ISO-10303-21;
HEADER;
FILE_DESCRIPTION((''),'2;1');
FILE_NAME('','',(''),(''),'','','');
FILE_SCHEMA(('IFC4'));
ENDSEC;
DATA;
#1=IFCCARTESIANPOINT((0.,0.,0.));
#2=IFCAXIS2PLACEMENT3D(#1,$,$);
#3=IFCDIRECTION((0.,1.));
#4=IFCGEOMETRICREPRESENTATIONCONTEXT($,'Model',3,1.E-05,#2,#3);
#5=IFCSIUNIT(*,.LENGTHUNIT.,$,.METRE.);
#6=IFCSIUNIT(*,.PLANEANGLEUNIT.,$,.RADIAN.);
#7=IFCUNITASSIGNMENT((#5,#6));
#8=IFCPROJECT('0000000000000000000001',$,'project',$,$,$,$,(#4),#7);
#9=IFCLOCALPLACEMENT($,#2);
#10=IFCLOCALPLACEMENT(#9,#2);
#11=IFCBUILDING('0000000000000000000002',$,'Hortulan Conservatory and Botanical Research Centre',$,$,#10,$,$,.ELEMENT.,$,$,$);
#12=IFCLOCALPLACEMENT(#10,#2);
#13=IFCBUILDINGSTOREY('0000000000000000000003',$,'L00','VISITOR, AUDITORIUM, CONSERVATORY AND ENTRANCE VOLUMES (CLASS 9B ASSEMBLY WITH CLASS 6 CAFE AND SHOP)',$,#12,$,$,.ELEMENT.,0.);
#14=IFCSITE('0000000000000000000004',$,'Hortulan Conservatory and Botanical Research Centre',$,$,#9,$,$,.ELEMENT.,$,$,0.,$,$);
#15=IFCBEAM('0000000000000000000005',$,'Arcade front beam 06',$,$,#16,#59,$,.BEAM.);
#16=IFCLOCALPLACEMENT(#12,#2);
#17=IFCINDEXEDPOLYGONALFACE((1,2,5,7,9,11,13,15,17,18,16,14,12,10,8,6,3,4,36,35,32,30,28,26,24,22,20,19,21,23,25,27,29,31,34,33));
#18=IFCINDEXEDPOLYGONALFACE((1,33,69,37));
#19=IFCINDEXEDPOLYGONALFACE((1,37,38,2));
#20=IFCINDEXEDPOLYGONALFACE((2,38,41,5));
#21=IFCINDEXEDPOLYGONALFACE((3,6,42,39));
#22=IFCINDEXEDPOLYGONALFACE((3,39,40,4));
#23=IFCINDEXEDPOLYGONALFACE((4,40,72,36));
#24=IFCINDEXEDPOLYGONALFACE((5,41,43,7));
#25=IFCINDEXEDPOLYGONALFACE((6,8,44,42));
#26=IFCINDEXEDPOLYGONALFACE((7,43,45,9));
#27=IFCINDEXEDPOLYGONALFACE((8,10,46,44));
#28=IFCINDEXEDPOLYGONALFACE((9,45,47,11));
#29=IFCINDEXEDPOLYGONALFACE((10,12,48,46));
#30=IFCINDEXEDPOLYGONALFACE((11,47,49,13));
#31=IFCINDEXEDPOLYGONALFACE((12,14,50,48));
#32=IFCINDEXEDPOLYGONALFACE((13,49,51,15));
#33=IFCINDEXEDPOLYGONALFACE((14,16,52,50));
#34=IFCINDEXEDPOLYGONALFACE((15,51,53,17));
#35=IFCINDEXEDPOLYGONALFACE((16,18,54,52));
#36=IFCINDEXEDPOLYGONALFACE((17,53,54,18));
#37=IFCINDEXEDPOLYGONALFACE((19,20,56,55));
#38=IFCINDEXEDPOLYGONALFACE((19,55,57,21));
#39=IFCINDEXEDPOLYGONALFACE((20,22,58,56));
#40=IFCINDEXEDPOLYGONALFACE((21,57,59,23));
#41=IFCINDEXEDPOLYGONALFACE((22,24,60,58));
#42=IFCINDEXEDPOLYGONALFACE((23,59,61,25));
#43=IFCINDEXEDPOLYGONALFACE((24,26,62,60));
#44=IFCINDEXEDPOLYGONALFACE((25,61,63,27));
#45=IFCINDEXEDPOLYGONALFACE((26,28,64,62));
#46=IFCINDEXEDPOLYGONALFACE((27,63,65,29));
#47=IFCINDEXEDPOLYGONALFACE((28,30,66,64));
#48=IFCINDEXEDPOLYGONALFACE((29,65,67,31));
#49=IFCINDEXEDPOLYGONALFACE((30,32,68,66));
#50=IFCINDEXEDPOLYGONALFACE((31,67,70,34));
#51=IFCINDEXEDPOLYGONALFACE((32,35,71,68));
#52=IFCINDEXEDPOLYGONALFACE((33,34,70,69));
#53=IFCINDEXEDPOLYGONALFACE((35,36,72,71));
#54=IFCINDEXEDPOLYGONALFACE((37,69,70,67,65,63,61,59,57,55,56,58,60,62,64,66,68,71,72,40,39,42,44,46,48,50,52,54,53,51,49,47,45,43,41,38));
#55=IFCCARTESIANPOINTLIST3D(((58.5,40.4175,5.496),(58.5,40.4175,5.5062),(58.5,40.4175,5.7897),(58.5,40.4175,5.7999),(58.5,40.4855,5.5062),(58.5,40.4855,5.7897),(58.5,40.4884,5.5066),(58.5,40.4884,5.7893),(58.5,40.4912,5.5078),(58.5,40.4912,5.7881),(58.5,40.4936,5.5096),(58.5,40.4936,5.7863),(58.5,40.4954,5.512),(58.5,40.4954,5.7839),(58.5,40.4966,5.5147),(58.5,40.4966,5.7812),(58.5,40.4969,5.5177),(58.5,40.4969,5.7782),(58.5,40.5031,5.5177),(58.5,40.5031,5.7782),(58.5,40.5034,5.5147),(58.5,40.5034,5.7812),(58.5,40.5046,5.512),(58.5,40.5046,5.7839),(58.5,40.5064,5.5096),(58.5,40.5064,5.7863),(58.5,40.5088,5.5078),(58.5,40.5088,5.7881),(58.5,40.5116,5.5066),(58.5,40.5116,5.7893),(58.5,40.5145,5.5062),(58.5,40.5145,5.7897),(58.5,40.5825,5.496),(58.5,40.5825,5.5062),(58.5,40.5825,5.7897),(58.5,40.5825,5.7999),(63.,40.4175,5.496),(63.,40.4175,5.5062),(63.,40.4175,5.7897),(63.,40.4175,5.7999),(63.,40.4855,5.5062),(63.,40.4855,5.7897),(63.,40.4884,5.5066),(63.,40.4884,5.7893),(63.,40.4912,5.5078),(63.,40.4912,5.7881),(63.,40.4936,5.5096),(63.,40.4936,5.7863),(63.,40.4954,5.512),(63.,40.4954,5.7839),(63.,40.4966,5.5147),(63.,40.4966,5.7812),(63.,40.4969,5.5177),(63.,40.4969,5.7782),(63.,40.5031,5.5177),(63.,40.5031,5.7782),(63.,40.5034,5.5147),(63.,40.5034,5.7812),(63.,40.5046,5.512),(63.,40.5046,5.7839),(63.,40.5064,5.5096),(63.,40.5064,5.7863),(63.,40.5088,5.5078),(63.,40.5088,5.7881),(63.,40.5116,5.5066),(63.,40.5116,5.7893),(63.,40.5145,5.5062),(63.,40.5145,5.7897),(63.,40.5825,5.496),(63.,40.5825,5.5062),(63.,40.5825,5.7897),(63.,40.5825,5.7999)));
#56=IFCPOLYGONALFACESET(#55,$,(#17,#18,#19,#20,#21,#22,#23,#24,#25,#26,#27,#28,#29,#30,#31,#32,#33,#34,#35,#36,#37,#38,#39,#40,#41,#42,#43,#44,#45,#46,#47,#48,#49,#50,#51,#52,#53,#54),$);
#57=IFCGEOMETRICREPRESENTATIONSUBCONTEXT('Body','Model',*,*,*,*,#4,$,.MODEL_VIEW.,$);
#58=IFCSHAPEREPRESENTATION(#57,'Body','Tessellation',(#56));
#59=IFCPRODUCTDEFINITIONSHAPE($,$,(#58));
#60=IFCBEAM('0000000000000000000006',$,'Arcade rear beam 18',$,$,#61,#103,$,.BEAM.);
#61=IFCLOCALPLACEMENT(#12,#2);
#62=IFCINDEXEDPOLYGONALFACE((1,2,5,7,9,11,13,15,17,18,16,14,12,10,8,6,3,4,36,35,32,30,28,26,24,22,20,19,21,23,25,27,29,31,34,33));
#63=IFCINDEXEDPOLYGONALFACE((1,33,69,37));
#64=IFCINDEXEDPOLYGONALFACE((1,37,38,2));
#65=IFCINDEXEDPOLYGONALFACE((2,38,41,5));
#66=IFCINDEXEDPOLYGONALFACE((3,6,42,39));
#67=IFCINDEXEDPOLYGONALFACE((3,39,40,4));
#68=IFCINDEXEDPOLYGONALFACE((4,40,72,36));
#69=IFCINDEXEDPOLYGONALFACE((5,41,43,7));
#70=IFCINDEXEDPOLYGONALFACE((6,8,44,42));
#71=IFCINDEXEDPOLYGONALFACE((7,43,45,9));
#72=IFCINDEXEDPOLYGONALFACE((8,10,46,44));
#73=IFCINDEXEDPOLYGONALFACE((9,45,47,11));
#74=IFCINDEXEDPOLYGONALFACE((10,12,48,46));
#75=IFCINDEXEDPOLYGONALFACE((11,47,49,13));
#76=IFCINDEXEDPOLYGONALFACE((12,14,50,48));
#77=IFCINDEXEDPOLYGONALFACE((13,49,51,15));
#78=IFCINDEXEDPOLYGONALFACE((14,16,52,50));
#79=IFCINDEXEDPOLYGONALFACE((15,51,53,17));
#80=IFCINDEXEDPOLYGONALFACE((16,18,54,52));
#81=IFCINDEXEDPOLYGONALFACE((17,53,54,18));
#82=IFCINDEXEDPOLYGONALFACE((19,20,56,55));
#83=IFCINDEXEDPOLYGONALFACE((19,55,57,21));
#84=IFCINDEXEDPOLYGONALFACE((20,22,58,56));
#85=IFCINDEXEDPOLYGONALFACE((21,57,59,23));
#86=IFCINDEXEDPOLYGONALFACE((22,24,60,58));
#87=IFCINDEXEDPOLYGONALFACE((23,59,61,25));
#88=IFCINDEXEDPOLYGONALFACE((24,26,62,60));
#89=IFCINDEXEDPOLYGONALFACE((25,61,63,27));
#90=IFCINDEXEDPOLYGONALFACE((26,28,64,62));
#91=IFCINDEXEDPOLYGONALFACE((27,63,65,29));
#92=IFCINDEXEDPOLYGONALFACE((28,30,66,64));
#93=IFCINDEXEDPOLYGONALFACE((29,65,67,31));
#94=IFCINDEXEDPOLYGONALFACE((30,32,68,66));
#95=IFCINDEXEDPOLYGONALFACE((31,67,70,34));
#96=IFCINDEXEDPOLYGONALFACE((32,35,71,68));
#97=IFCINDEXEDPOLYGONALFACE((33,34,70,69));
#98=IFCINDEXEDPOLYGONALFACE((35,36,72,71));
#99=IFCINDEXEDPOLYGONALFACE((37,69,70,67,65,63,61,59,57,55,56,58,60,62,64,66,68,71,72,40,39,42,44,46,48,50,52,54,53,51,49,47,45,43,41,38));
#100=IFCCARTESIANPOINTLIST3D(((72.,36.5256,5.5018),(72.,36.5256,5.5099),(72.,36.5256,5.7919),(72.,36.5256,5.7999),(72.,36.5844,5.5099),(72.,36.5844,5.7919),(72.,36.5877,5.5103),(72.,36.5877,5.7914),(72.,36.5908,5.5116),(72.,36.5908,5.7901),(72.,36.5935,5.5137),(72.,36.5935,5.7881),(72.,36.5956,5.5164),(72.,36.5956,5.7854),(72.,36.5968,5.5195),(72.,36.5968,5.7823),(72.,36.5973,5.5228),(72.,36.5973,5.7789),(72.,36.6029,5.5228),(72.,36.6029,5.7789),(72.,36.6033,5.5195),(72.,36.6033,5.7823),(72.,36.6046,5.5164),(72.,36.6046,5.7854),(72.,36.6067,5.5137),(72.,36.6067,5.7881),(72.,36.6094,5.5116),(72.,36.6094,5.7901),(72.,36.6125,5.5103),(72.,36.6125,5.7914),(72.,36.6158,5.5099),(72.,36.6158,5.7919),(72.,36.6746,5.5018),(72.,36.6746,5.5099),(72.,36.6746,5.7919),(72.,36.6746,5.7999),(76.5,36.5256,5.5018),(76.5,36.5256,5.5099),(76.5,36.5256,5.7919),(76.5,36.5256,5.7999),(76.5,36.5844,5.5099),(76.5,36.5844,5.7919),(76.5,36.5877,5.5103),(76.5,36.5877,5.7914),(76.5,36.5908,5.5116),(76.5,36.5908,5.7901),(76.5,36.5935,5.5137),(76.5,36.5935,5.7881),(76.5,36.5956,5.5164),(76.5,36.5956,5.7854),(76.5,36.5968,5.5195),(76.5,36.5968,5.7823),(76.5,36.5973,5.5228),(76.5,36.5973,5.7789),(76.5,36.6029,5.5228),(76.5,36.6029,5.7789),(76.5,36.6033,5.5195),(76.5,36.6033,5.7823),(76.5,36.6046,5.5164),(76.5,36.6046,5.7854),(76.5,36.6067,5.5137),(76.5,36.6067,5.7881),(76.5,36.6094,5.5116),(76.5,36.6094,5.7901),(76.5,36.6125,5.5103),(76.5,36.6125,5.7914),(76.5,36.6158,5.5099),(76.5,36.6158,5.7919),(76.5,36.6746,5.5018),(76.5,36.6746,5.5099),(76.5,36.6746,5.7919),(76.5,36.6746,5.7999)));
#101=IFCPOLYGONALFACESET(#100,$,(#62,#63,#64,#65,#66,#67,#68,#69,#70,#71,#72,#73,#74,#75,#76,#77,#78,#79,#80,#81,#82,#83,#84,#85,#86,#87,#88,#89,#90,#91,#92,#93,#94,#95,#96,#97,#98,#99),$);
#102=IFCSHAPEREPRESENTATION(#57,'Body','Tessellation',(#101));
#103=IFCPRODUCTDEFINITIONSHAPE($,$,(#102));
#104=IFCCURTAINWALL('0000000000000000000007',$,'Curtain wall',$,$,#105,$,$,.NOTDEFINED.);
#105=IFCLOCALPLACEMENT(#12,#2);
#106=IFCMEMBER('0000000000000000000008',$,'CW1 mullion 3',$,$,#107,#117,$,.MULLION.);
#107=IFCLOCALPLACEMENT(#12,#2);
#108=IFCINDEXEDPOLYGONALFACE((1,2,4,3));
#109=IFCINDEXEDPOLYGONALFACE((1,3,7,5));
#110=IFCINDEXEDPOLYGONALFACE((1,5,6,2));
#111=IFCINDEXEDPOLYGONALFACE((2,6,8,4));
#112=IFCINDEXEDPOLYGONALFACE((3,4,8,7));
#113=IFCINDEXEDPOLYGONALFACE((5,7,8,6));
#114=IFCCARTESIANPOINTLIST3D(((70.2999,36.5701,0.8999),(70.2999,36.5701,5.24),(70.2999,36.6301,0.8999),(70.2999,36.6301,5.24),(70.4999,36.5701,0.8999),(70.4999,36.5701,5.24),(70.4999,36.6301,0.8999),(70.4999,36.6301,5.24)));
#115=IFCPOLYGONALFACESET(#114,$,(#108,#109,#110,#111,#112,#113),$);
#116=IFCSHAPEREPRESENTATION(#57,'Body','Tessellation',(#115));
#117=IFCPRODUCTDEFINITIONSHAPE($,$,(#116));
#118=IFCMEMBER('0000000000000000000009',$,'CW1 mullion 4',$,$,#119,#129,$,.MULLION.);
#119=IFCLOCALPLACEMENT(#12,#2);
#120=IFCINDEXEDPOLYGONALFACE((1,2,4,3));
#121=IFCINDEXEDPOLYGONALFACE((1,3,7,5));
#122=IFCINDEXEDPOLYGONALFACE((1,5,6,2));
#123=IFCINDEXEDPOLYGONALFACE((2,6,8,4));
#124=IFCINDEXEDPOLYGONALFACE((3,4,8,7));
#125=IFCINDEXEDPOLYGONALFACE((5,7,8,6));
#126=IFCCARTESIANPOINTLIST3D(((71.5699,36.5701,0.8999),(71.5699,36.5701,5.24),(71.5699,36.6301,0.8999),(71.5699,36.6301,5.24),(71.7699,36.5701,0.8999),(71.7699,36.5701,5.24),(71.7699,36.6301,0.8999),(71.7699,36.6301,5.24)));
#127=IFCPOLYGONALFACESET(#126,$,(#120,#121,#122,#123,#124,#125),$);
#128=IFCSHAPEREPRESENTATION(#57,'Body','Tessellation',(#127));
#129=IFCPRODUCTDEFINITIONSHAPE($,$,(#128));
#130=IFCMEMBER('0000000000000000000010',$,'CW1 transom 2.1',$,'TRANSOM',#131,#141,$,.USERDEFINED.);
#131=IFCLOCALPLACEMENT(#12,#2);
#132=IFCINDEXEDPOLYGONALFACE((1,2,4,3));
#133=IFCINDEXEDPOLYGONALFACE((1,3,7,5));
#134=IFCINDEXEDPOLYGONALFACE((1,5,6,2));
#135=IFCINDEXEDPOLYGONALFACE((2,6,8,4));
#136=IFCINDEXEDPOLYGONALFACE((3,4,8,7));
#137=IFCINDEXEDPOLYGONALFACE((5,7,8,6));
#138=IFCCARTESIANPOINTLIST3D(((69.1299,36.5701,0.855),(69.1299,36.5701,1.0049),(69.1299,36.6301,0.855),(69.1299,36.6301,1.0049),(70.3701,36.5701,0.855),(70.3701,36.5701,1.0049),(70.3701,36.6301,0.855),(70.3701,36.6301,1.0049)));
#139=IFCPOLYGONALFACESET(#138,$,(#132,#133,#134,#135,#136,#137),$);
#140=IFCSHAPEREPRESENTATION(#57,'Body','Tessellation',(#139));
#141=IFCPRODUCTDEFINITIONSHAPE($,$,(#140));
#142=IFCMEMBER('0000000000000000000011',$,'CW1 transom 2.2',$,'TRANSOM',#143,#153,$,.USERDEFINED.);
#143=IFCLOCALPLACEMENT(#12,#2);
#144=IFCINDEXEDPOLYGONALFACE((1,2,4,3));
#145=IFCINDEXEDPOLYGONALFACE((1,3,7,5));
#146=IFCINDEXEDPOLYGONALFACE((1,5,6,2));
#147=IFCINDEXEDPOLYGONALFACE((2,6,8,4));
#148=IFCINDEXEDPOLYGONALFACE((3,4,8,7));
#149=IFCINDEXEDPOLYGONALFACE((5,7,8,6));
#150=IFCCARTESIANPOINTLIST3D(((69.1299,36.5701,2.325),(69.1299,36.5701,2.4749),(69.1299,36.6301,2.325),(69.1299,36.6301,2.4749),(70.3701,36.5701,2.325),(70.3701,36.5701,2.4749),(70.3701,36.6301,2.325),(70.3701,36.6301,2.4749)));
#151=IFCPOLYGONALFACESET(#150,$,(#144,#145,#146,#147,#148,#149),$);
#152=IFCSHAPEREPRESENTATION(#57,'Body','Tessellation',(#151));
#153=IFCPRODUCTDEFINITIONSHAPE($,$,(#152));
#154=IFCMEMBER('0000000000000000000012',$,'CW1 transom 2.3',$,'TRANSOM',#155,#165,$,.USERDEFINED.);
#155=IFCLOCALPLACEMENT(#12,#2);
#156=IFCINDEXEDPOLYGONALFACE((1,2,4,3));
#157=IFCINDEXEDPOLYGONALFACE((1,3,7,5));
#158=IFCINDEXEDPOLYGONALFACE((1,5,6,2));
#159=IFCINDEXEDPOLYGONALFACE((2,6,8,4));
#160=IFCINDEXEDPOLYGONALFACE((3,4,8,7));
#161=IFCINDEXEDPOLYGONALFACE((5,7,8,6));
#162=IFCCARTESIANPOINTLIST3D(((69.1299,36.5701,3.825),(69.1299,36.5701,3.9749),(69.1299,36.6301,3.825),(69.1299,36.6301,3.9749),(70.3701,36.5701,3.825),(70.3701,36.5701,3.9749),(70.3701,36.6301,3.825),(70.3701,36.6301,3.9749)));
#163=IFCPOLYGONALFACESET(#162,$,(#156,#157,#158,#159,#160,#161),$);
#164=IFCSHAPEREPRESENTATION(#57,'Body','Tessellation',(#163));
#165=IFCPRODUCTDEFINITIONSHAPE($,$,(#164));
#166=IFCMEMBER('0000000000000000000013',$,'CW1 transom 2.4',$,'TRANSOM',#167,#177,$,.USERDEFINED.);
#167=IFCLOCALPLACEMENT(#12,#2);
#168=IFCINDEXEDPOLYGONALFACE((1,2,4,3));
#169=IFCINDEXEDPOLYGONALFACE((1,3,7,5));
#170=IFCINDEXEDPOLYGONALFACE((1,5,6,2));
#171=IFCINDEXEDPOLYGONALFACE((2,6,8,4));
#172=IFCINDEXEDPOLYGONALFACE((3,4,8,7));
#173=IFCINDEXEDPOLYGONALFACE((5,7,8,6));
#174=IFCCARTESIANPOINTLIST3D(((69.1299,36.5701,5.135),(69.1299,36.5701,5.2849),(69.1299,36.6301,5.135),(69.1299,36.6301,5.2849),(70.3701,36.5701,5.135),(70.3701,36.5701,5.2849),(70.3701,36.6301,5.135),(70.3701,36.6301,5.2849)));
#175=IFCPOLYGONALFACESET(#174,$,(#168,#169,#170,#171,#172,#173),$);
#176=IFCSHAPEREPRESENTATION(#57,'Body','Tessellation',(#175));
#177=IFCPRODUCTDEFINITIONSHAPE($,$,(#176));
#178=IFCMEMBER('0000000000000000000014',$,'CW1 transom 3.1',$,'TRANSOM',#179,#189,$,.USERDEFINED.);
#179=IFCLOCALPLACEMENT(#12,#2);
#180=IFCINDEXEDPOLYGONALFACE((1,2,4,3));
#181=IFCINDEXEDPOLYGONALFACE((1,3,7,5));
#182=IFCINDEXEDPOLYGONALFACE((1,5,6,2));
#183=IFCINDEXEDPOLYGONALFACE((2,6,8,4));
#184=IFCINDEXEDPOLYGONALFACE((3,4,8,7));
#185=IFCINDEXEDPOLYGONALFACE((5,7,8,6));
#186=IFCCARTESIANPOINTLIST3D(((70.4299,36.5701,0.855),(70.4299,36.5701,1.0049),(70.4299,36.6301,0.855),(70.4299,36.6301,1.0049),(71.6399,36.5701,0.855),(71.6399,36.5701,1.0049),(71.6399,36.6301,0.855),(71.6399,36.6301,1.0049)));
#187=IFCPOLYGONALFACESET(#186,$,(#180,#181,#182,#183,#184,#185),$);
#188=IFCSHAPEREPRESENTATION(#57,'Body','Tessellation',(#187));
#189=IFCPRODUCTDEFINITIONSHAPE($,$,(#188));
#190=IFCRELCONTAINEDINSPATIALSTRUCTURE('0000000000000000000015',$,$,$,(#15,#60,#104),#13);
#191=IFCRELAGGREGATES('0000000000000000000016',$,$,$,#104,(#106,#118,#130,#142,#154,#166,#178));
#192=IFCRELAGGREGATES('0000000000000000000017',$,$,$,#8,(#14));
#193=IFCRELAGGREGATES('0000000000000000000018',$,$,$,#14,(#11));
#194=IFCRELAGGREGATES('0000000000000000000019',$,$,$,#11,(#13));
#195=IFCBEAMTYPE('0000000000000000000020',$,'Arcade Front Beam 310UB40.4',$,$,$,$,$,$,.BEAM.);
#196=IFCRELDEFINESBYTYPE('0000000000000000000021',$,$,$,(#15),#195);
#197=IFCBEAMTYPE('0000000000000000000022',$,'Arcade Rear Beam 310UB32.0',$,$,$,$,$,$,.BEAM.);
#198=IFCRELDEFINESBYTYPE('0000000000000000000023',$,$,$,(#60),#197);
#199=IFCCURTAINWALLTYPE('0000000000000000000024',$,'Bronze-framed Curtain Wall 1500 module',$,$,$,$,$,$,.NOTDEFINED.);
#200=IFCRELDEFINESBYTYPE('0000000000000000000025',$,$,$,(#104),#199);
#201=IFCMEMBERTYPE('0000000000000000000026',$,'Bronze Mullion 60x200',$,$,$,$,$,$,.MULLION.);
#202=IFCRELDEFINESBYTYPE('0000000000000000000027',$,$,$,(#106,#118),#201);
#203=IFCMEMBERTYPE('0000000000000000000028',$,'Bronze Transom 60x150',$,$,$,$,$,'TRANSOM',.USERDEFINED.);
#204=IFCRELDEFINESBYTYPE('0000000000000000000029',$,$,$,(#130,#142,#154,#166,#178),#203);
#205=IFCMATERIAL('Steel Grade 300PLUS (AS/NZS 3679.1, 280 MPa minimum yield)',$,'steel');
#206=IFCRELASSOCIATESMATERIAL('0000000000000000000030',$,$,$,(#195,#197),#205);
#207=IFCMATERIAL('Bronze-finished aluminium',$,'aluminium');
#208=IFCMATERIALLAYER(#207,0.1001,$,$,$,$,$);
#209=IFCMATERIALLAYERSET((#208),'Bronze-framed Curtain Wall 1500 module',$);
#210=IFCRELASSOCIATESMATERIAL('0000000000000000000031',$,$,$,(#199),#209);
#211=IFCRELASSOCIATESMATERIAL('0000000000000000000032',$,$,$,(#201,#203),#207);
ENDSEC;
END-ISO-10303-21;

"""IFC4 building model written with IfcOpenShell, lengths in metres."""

from ifc_helpers import new_model, si_unit, direction, frame, origin, origin_2d, place, context, subcontext, project, spatial, rectangle, i_section, extrude, material, layer, layer_set, material_profile, profile_set, type_object, element, aggregate, save


model = new_model("IFC4")

# Units and contexts
model_context = context("Model", 3, precision=1e-05, world=origin(), true_north=direction((0.0, 1.0)))
body_context = subcontext(model_context, "Body", "Model", "MODEL_VIEW")
ifc_project = project(units=[si_unit("LENGTHUNIT", "METRE"), si_unit("PLANEANGLEUNIT", "RADIAN")], contexts=[model_context])

# Site, building, storey
site_placement = place(None, origin())
site = spatial("IfcSite", under=ifc_project, at=site_placement, Name="Hortulan Conservatory and Botanical Research Centre", CompositionType="ELEMENT", RefElevation=0.0)
building_placement = place(site_placement, origin())
building = spatial("IfcBuilding", under=site, at=building_placement, Name="Hortulan Conservatory and Botanical Research Centre", CompositionType="ELEMENT")
storey_placement = place(building_placement, origin())
storey = spatial("IfcBuildingStorey", under=building, at=storey_placement, Name="L00", Description="VISITOR, AUDITORIUM, CONSERVATORY AND ENTRANCE VOLUMES (CLASS 9B ASSEMBLY WITH CLASS 6 CAFE AND SHOP)", CompositionType="ELEMENT", Elevation=0.0)

# Beams
ifc_material_1 = material(Name="Steel Grade 300PLUS (AS/NZS 3679.1, 280 MPa minimum yield)", Category="steel")
ifc_material_profile_1 = material_profile(ifc_material_1, i_section(OverallWidth=0.165, OverallDepth=0.304, WebThickness=0.0061, FlangeThickness=0.0103, FilletRadius=0.0115, at=origin_2d()), Name="310UB40.4")
ifc_profile_set_1 = profile_set([ifc_material_profile_1], Name="Steel Grade 300PLUS (AS/NZS 3679.1, 280 MPa minimum yield)")
beam_type_1 = type_object("IfcBeamType", Name="Arcade Front Beam 310UB40.4", PredefinedType="BEAM", material=ifc_profile_set_1)
beam_1_placement = place(storey_placement, frame((58.5, 40.5, 5.6479), z_axis=(1.0, 0.0, 0.0), x_axis=(0.0, 1.0, 0.0)))
element("IfcBeam", 1, at=beam_1_placement, inside=storey, type_object=beam_type_1, Name="Arcade front beam 06", PredefinedType="BEAM", context=body_context, shape_type="SweptSolid", body=[
    extrude(i_section(OverallWidth=0.165, OverallDepth=0.304, WebThickness=0.0061, FlangeThickness=0.0103, FilletRadius=0.0115, at=origin_2d()), origin(), (0.0, 0.0, 1.0), 4.5),
])
ifc_material_profile_2 = material_profile(ifc_material_1, i_section(OverallWidth=0.1489, OverallDepth=0.2981, WebThickness=0.0056, FlangeThickness=0.0081, FilletRadius=0.0129, at=origin_2d()), Name="310UB32.0")
ifc_profile_set_2 = profile_set([ifc_material_profile_2], Name="Steel Grade 300PLUS (AS/NZS 3679.1, 280 MPa minimum yield)")
beam_type_2 = type_object("IfcBeamType", Name="Arcade Rear Beam 310UB32.0", PredefinedType="BEAM", material=ifc_profile_set_2)
beam_2_placement = place(storey_placement, frame((72.0, 36.6001, 5.6509), z_axis=(1.0, 0.0, 0.0), x_axis=(0.0, 1.0, 0.0)))
element("IfcBeam", 2, at=beam_2_placement, inside=storey, type_object=beam_type_2, Name="Arcade rear beam 18", PredefinedType="BEAM", context=body_context, shape_type="SweptSolid", body=[
    extrude(i_section(OverallWidth=0.1489, OverallDepth=0.2981, WebThickness=0.0056, FlangeThickness=0.0081, FilletRadius=0.0129, at=origin_2d()), origin(), (0.0, 0.0, 1.0), 4.5),
])

# Curtain wall, members
ifc_material_2 = material(Name="Bronze-finished aluminium", Category="aluminium")
ifc_layer_1 = layer(ifc_material_2, 0.1001)
ifc_layer_set_1 = layer_set([ifc_layer_1], Name="Bronze-framed Curtain Wall 1500 module")
curtain_wall_type = type_object("IfcCurtainWallType", Name="Bronze-framed Curtain Wall 1500 module", PredefinedType="NOTDEFINED", material=ifc_layer_set_1)
curtain_wall_placement = place(storey_placement, origin())
curtain_wall = element("IfcCurtainWall", 3, at=curtain_wall_placement, inside=storey, type_object=curtain_wall_type, Name="Curtain wall", PredefinedType="NOTDEFINED")
ifc_material_profile_3 = material_profile(ifc_material_2, rectangle(XDim=0.0601, YDim=0.2, at=origin_2d()), Name="Bronze Mullion 60x200")
ifc_profile_set_3 = profile_set([ifc_material_profile_3], Name="Bronze-finished aluminium")
member_type_1 = type_object("IfcMemberType", Name="Bronze Mullion 60x200", PredefinedType="MULLION", material=ifc_profile_set_3)
member_1_placement = place(storey_placement, frame((70.3999, 36.6001, 0.8999), z_axis=(0.0, 0.0, 1.0), x_axis=(0.0, 1.0, 0.0)))
member_1 = element("IfcMember", 4, at=member_1_placement, type_object=member_type_1, Name="CW1 mullion 3", PredefinedType="MULLION", context=body_context, shape_type="SweptSolid", body=[
    extrude(rectangle(XDim=0.0601, YDim=0.2, at=origin_2d()), origin(), (0.0, 0.0, 1.0), 4.3401),
])
member_2_placement = place(storey_placement, frame((71.6699, 36.6001, 0.8999), z_axis=(0.0, 0.0, 1.0), x_axis=(0.0, 1.0, 0.0)))
member_2 = element("IfcMember", 5, at=member_2_placement, type_object=member_type_1, Name="CW1 mullion 4", PredefinedType="MULLION", context=body_context, shape_type="SweptSolid", body=[
    extrude(rectangle(XDim=0.0601, YDim=0.2, at=origin_2d()), origin(), (0.0, 0.0, 1.0), 4.3401),
])
ifc_material_profile_4 = material_profile(ifc_material_2, rectangle(XDim=0.0601, YDim=0.1499, at=origin_2d()), Name="Bronze Transom 60x150")
ifc_profile_set_4 = profile_set([ifc_material_profile_4], Name="Bronze-finished aluminium")
member_type_2 = type_object("IfcMemberType", Name="Bronze Transom 60x150", ElementType="TRANSOM", PredefinedType="USERDEFINED", material=ifc_profile_set_4)
member_3_placement = place(storey_placement, frame((69.1299, 36.6001, 0.9299), z_axis=(1.0, 0.0, 0.0), x_axis=(0.0, 1.0, 0.0)))
member_3 = element("IfcMember", 6, at=member_3_placement, type_object=member_type_2, Name="CW1 transom 2.1", ObjectType="TRANSOM", PredefinedType="USERDEFINED", context=body_context, shape_type="SweptSolid", body=[
    extrude(rectangle(XDim=0.0601, YDim=0.1499, at=origin_2d()), origin(), (0.0, 0.0, 1.0), 1.2402),
])
member_4_placement = place(storey_placement, frame((69.1299, 36.6001, 2.3999), z_axis=(1.0, 0.0, 0.0), x_axis=(0.0, 1.0, 0.0)))
member_4 = element("IfcMember", 7, at=member_4_placement, type_object=member_type_2, Name="CW1 transom 2.2", ObjectType="TRANSOM", PredefinedType="USERDEFINED", context=body_context, shape_type="SweptSolid", body=[
    extrude(rectangle(XDim=0.0601, YDim=0.1499, at=origin_2d()), origin(), (0.0, 0.0, 1.0), 1.2402),
])
member_5_placement = place(storey_placement, frame((69.1299, 36.6001, 3.8999), z_axis=(1.0, 0.0, 0.0), x_axis=(0.0, 1.0, 0.0)))
member_5 = element("IfcMember", 8, at=member_5_placement, type_object=member_type_2, Name="CW1 transom 2.3", ObjectType="TRANSOM", PredefinedType="USERDEFINED", context=body_context, shape_type="SweptSolid", body=[
    extrude(rectangle(XDim=0.0601, YDim=0.1499, at=origin_2d()), origin(), (0.0, 0.0, 1.0), 1.2402),
])
member_6_placement = place(storey_placement, frame((69.1299, 36.6001, 5.21), z_axis=(1.0, 0.0, 0.0), x_axis=(0.0, 1.0, 0.0)))
member_6 = element("IfcMember", 9, at=member_6_placement, type_object=member_type_2, Name="CW1 transom 2.4", ObjectType="TRANSOM", PredefinedType="USERDEFINED", context=body_context, shape_type="SweptSolid", body=[
    extrude(rectangle(XDim=0.0601, YDim=0.1499, at=origin_2d()), origin(), (0.0, 0.0, 1.0), 1.2402),
])
member_7_placement = place(storey_placement, frame((70.4299, 36.6001, 0.9299), z_axis=(1.0, 0.0, 0.0), x_axis=(0.0, 1.0, 0.0)))
member_7 = element("IfcMember", 10, at=member_7_placement, type_object=member_type_2, Name="CW1 transom 3.1", ObjectType="TRANSOM", PredefinedType="USERDEFINED", context=body_context, shape_type="SweptSolid", body=[
    extrude(rectangle(XDim=0.0601, YDim=0.1499, at=origin_2d()), origin(), (0.0, 0.0, 1.0), 1.21),
])

aggregate(curtain_wall, [member_1, member_2, member_3, member_4, member_5, member_6, member_7])

save(model, "model.ifc")
